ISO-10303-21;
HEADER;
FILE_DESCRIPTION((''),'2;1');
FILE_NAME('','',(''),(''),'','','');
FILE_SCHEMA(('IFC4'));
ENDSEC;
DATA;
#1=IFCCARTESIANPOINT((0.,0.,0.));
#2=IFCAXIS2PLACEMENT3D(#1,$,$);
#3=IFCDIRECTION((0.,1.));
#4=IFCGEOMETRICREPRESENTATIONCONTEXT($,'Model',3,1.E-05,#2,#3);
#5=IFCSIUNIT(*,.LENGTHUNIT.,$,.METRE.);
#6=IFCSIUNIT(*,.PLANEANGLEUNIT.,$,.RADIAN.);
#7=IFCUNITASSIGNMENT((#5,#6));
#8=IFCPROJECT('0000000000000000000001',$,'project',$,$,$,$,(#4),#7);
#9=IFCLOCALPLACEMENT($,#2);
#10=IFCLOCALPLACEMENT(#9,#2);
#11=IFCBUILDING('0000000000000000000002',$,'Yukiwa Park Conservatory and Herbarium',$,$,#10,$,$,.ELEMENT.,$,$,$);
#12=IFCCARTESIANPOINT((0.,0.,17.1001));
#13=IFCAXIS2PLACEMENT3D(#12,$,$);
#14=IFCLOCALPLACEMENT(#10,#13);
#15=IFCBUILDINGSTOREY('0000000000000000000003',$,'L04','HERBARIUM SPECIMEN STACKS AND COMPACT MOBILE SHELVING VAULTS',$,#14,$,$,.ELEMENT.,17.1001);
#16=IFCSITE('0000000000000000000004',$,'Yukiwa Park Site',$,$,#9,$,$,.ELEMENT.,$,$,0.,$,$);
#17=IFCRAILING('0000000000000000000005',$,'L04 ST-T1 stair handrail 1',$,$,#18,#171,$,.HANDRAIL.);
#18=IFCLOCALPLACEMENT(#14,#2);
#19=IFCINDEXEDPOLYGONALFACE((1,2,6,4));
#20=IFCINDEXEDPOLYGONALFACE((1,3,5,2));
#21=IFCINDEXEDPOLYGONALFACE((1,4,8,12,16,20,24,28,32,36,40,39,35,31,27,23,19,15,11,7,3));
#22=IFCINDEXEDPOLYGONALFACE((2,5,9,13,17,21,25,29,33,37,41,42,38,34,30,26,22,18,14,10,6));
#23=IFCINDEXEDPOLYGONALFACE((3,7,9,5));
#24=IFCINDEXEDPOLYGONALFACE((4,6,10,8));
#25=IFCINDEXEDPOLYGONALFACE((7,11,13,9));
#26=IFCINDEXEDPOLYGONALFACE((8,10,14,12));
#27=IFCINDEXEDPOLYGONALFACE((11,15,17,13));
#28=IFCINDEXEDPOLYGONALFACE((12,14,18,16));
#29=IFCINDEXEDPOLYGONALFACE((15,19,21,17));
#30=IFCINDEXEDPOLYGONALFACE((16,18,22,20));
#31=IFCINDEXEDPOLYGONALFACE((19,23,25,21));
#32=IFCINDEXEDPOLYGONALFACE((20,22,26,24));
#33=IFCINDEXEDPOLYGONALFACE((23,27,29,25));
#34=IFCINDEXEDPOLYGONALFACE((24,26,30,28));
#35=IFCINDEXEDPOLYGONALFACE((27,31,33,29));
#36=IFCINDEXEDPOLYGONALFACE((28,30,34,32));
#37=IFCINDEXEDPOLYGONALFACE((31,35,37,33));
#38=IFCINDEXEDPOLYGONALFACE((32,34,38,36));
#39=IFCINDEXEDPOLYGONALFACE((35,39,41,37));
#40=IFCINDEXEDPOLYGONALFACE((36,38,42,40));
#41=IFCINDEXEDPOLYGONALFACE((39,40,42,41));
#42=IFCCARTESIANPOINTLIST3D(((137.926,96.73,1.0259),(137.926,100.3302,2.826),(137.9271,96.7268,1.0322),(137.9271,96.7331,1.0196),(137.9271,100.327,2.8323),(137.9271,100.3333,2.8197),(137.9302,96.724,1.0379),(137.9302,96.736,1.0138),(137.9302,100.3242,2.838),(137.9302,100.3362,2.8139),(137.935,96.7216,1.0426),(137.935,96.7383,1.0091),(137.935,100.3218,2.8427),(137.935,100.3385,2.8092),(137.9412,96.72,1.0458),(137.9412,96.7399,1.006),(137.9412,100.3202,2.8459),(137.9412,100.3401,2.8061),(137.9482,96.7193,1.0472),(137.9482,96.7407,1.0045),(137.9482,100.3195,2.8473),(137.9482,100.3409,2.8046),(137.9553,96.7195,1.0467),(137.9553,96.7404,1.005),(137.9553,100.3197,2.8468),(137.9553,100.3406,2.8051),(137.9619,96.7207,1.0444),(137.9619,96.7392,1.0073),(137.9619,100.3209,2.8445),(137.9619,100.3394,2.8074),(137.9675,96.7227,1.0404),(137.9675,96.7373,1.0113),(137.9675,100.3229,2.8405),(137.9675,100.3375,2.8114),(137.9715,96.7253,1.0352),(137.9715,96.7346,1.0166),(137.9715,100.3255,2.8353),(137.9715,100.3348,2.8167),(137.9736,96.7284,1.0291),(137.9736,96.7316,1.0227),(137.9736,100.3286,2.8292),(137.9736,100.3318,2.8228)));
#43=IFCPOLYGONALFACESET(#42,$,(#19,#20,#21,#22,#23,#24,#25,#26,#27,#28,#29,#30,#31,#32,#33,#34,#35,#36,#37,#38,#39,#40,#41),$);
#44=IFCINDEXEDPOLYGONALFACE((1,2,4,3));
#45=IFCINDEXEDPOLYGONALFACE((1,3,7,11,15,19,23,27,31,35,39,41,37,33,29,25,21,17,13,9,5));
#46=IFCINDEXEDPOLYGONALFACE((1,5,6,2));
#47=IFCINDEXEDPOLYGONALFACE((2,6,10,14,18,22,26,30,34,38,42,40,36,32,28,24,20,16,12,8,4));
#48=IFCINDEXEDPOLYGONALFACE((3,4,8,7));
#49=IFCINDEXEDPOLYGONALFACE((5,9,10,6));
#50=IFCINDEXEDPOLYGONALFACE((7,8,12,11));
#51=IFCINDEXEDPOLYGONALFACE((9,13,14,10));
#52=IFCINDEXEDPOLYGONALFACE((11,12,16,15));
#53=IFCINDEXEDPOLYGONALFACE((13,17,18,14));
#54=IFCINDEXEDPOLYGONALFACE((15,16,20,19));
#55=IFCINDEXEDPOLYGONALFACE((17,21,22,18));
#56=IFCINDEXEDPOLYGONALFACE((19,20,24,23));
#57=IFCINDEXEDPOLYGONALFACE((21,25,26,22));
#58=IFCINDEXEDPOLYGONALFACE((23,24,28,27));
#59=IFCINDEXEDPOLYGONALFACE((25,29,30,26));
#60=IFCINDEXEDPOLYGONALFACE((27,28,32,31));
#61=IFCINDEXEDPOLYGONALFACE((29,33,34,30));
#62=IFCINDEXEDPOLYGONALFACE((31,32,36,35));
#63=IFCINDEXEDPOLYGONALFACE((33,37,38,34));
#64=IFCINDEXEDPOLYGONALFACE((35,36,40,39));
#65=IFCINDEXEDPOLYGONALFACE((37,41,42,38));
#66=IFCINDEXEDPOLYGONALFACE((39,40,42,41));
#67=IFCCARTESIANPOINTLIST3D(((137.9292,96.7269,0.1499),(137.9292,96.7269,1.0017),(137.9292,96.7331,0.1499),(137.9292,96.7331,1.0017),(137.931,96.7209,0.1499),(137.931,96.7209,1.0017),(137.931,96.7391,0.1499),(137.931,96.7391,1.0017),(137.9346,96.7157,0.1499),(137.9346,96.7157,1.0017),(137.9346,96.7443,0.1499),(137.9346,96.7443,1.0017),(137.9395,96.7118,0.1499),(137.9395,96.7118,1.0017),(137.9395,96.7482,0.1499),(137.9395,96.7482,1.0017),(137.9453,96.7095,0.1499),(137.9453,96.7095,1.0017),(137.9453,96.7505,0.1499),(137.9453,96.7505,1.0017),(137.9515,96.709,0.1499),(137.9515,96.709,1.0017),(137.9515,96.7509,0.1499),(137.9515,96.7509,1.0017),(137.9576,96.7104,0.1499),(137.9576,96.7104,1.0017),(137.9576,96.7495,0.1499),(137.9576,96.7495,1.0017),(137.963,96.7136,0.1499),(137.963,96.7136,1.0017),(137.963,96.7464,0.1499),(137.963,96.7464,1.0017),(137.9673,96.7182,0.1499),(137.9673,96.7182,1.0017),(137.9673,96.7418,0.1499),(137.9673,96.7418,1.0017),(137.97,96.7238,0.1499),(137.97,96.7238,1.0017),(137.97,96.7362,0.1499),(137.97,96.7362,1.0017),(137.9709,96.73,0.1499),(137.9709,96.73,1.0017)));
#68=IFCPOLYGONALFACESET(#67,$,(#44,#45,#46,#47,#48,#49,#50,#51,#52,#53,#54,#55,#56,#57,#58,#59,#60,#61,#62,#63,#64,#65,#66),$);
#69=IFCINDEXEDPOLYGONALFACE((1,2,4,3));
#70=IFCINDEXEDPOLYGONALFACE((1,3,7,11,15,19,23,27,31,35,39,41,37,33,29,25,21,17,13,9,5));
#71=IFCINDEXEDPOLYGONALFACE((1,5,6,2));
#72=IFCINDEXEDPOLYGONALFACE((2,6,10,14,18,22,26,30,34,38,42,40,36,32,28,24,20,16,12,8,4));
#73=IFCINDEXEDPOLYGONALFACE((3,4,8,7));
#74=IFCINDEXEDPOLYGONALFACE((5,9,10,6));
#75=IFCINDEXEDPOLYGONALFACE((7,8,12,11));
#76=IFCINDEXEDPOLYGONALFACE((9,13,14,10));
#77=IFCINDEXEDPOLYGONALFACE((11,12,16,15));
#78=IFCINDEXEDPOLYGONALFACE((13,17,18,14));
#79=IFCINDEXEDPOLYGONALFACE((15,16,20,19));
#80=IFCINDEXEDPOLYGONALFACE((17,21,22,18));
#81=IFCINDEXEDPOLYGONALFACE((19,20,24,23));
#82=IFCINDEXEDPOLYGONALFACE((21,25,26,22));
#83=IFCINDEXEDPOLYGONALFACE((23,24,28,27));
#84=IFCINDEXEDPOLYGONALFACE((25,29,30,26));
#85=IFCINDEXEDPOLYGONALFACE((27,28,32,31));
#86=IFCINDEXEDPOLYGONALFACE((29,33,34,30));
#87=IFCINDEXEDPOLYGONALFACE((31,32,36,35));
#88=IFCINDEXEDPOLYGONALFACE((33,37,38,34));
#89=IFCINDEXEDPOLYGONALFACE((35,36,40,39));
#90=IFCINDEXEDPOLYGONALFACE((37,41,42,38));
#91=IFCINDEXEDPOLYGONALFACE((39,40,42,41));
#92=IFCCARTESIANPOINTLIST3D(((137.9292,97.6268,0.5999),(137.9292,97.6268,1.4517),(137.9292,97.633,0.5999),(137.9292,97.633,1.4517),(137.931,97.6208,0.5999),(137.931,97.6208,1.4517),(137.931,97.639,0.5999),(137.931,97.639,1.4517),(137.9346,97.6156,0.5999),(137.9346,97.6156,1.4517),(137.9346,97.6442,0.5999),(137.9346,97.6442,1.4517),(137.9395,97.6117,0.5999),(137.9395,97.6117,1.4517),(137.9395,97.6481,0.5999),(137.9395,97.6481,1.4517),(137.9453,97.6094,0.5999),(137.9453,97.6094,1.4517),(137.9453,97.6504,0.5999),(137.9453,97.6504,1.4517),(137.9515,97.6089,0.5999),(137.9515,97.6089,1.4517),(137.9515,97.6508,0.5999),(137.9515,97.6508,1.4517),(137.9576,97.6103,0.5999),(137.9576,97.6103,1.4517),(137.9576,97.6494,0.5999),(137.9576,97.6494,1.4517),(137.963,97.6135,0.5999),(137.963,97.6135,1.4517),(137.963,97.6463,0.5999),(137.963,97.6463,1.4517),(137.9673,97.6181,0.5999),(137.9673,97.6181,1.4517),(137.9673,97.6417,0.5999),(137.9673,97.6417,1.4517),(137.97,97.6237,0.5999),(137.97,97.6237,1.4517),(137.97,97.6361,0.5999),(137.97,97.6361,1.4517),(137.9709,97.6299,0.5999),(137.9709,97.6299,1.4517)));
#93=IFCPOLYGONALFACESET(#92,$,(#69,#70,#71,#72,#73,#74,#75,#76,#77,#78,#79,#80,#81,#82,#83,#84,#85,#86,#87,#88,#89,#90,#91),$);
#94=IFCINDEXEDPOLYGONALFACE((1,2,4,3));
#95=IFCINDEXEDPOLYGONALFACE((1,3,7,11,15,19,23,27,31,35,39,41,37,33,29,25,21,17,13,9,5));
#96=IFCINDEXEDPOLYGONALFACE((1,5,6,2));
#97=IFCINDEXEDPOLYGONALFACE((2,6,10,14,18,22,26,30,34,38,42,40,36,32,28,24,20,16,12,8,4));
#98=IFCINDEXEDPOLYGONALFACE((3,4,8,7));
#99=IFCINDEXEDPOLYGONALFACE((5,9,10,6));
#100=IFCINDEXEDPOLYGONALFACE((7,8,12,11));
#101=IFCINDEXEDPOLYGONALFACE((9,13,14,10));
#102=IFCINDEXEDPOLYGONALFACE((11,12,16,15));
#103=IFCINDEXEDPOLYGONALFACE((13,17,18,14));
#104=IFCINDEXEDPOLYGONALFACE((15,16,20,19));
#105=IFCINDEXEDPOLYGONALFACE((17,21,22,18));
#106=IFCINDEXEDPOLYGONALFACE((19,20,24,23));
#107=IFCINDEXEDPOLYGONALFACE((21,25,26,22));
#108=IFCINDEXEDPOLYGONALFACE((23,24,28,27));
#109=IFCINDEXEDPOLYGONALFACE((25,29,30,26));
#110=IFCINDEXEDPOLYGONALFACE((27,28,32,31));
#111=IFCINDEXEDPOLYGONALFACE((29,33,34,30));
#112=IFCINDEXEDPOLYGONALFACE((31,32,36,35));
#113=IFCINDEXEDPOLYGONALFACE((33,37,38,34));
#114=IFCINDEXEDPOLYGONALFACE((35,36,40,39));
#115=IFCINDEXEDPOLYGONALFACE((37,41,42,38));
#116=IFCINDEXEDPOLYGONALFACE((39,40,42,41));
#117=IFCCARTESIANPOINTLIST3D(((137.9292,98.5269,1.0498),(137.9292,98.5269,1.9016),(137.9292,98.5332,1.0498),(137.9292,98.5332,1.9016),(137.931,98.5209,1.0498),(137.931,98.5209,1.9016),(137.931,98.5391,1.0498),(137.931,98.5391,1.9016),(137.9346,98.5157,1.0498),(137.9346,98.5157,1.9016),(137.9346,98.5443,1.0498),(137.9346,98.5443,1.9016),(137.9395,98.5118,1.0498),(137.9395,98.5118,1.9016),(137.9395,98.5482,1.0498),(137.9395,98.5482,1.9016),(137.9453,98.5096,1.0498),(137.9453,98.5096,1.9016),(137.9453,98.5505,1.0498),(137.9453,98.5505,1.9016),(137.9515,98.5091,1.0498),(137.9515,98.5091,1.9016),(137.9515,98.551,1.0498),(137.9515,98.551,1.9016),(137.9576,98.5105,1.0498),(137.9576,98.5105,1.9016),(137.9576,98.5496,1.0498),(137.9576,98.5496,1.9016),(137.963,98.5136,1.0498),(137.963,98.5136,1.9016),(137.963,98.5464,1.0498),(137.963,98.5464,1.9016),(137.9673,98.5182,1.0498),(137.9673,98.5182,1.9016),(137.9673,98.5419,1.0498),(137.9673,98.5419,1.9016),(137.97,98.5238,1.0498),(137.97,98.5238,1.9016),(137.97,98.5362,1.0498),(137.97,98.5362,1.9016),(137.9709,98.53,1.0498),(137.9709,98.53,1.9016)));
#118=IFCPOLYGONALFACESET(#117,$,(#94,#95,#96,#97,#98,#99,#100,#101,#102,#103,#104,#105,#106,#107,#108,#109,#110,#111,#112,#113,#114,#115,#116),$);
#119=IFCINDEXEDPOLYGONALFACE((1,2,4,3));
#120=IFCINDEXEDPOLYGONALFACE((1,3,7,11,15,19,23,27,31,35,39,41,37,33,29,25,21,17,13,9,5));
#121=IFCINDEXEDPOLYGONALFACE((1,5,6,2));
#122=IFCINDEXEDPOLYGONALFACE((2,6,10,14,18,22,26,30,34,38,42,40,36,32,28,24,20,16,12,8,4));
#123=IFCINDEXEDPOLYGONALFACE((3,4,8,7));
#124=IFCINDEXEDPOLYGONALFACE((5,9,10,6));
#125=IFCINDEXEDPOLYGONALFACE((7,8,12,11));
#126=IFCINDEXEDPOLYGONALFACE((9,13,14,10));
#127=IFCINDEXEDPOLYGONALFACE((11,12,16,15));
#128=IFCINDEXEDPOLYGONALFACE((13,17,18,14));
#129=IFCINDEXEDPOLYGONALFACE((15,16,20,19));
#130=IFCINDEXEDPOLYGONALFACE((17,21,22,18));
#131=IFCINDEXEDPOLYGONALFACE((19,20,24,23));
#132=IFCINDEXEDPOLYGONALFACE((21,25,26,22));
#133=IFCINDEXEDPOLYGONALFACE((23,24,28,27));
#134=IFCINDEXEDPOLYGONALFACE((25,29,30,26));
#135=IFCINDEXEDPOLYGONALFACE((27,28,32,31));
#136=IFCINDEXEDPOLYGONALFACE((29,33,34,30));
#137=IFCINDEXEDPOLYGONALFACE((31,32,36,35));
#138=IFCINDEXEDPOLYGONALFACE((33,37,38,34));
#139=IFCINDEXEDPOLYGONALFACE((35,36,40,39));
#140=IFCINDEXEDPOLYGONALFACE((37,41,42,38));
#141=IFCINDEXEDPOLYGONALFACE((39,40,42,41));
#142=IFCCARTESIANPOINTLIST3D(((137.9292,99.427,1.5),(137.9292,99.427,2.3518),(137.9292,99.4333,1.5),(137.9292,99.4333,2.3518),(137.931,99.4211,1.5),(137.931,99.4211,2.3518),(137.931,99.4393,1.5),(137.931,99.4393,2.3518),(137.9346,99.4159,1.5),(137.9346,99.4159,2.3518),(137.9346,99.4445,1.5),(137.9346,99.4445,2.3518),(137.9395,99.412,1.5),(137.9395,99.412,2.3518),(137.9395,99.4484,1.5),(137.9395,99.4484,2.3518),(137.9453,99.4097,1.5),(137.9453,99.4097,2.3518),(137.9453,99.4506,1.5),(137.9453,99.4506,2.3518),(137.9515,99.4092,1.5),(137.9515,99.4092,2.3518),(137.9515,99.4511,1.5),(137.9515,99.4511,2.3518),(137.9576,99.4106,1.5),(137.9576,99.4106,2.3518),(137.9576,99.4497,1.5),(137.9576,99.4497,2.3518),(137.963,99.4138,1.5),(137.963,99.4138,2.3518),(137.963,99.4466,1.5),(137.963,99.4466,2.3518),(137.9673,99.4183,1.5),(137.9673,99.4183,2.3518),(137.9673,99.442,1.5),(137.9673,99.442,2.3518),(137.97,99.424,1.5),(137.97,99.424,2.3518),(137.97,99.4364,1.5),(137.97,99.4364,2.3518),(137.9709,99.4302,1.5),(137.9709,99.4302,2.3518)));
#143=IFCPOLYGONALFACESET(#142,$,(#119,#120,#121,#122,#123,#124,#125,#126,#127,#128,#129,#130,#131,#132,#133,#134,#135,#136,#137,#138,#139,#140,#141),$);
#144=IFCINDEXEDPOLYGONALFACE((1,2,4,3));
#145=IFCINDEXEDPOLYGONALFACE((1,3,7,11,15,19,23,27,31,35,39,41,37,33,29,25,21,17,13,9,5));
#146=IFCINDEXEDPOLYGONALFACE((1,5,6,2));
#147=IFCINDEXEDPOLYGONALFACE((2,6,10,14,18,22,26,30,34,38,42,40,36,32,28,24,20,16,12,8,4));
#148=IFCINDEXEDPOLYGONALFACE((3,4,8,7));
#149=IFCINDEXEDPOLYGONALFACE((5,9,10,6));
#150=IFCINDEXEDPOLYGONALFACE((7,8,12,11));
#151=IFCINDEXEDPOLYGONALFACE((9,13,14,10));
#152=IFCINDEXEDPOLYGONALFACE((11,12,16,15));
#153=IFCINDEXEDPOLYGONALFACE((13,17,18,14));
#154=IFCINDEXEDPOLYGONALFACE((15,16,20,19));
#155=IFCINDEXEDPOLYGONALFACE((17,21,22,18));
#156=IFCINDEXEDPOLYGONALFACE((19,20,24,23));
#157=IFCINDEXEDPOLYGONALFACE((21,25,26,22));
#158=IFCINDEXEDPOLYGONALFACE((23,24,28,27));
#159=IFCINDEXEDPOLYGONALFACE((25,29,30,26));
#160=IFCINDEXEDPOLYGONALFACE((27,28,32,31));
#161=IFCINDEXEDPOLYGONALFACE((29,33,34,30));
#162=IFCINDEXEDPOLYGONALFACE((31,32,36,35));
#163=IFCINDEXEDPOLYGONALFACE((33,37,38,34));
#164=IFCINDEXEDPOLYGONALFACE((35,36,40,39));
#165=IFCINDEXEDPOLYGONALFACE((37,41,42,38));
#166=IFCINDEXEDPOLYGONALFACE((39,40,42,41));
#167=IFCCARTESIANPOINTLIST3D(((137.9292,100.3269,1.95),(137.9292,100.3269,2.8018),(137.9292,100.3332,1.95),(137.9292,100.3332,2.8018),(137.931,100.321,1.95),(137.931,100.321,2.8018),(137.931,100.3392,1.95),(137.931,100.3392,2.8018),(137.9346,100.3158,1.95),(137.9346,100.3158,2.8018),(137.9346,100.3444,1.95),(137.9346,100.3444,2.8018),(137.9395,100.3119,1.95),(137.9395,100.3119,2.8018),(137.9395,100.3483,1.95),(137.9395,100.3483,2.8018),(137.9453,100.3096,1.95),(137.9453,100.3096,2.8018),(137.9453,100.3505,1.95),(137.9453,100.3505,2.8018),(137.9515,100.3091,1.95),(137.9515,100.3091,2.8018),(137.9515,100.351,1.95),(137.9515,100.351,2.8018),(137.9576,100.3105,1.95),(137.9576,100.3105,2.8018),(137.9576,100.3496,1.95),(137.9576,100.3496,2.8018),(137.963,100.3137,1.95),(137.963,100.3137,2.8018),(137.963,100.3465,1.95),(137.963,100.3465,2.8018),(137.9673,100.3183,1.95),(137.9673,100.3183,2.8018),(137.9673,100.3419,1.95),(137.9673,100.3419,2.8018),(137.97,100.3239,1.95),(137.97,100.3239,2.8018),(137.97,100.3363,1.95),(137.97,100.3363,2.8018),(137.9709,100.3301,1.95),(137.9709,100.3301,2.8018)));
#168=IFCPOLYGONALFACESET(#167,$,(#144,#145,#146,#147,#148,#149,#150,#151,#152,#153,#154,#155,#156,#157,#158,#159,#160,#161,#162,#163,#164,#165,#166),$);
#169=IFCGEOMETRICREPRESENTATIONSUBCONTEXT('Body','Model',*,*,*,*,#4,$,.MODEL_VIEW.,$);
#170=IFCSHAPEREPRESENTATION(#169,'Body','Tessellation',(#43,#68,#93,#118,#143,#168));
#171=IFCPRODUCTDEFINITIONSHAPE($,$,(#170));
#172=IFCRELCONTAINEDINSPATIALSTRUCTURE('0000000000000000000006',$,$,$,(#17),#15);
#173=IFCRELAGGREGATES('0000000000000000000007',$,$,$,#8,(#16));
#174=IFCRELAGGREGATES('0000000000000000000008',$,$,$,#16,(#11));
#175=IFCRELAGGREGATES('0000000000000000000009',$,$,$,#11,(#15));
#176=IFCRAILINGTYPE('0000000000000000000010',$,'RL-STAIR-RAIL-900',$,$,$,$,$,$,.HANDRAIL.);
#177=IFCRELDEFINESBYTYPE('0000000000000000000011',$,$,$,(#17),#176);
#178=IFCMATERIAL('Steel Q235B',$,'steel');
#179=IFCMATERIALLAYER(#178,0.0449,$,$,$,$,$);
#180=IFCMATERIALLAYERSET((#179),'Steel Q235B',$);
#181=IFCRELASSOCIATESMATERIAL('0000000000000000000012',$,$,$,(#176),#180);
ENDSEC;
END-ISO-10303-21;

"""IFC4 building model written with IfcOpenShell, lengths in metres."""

from ifc_helpers import new_model, si_unit, direction, frame, origin, origin_2d, place, context, subcontext, project, spatial, circle, extrude, material, layer, layer_set, type_object, element, save


model = new_model("IFC4")

# Units and contexts
model_context = context("Model", 3, precision=1e-05, world=origin(), true_north=direction((0.0, 1.0)))
body_context = subcontext(model_context, "Body", "Model", "MODEL_VIEW")
ifc_project = project(units=[si_unit("LENGTHUNIT", "METRE"), si_unit("PLANEANGLEUNIT", "RADIAN")], contexts=[model_context])

# Site, building, storey
site_placement = place(None, origin())
site = spatial("IfcSite", under=ifc_project, at=site_placement, Name="Yukiwa Park Site", CompositionType="ELEMENT", RefElevation=0.0)
building_placement = place(site_placement, origin())
building = spatial("IfcBuilding", under=site, at=building_placement, Name="Yukiwa Park Conservatory and Herbarium", CompositionType="ELEMENT")
storey_placement = place(building_placement, frame((0.0, 0.0, 17.1001)))
storey = spatial("IfcBuildingStorey", under=building, at=storey_placement, Name="L04", Description="HERBARIUM SPECIMEN STACKS AND COMPACT MOBILE SHELVING VAULTS", CompositionType="ELEMENT", Elevation=17.1001)

# Railing
ifc_material_1 = material(Name="Steel Q235B", Category="steel")
ifc_layer_1 = layer(ifc_material_1, 0.0449)
ifc_layer_set_1 = layer_set([ifc_layer_1], Name="Steel Q235B")
railing_type_1 = type_object("IfcRailingType", Name="RL-STAIR-RAIL-900", PredefinedType="HANDRAIL", material=ifc_layer_set_1)
railing_1_placement = place(storey_placement, frame((137.95, 96.73, 0.1499)))
element("IfcRailing", 1, at=railing_1_placement, inside=storey, type_object=railing_type_1, Name="L04 ST-T1 stair handrail 1", PredefinedType="HANDRAIL", context=body_context, shape_type="SweptSolid", body=[
    extrude(circle(Radius=0.0239, at=origin_2d()), frame((0.0, 0.0, 0.876), z_axis=(0.0, 0.894427, 0.447214), x_axis=(-1.0, 0.0, 0.0)), (0.0, 0.0, 1.0), 4.0251),
    extrude(circle(Radius=0.021, at=origin_2d()), origin(), (0.0, 0.0, 1.0), 0.8518),
    extrude(circle(Radius=0.021, at=origin_2d()), frame((0.0, 0.8999, 0.45)), (0.0, 0.0, 1.0), 0.8518),
    extrude(circle(Radius=0.021, at=origin_2d()), frame((0.0, 1.8, 0.8999)), (0.0, 0.0, 1.0), 0.8518),
    extrude(circle(Radius=0.021, at=origin_2d()), frame((0.0, 2.7002, 1.3501)), (0.0, 0.0, 1.0), 0.8518),
    extrude(circle(Radius=0.021, at=origin_2d()), frame((0.0, 3.6001, 1.8)), (0.0, 0.0, 1.0), 0.8518),
])

save(model, "model.ifc")
